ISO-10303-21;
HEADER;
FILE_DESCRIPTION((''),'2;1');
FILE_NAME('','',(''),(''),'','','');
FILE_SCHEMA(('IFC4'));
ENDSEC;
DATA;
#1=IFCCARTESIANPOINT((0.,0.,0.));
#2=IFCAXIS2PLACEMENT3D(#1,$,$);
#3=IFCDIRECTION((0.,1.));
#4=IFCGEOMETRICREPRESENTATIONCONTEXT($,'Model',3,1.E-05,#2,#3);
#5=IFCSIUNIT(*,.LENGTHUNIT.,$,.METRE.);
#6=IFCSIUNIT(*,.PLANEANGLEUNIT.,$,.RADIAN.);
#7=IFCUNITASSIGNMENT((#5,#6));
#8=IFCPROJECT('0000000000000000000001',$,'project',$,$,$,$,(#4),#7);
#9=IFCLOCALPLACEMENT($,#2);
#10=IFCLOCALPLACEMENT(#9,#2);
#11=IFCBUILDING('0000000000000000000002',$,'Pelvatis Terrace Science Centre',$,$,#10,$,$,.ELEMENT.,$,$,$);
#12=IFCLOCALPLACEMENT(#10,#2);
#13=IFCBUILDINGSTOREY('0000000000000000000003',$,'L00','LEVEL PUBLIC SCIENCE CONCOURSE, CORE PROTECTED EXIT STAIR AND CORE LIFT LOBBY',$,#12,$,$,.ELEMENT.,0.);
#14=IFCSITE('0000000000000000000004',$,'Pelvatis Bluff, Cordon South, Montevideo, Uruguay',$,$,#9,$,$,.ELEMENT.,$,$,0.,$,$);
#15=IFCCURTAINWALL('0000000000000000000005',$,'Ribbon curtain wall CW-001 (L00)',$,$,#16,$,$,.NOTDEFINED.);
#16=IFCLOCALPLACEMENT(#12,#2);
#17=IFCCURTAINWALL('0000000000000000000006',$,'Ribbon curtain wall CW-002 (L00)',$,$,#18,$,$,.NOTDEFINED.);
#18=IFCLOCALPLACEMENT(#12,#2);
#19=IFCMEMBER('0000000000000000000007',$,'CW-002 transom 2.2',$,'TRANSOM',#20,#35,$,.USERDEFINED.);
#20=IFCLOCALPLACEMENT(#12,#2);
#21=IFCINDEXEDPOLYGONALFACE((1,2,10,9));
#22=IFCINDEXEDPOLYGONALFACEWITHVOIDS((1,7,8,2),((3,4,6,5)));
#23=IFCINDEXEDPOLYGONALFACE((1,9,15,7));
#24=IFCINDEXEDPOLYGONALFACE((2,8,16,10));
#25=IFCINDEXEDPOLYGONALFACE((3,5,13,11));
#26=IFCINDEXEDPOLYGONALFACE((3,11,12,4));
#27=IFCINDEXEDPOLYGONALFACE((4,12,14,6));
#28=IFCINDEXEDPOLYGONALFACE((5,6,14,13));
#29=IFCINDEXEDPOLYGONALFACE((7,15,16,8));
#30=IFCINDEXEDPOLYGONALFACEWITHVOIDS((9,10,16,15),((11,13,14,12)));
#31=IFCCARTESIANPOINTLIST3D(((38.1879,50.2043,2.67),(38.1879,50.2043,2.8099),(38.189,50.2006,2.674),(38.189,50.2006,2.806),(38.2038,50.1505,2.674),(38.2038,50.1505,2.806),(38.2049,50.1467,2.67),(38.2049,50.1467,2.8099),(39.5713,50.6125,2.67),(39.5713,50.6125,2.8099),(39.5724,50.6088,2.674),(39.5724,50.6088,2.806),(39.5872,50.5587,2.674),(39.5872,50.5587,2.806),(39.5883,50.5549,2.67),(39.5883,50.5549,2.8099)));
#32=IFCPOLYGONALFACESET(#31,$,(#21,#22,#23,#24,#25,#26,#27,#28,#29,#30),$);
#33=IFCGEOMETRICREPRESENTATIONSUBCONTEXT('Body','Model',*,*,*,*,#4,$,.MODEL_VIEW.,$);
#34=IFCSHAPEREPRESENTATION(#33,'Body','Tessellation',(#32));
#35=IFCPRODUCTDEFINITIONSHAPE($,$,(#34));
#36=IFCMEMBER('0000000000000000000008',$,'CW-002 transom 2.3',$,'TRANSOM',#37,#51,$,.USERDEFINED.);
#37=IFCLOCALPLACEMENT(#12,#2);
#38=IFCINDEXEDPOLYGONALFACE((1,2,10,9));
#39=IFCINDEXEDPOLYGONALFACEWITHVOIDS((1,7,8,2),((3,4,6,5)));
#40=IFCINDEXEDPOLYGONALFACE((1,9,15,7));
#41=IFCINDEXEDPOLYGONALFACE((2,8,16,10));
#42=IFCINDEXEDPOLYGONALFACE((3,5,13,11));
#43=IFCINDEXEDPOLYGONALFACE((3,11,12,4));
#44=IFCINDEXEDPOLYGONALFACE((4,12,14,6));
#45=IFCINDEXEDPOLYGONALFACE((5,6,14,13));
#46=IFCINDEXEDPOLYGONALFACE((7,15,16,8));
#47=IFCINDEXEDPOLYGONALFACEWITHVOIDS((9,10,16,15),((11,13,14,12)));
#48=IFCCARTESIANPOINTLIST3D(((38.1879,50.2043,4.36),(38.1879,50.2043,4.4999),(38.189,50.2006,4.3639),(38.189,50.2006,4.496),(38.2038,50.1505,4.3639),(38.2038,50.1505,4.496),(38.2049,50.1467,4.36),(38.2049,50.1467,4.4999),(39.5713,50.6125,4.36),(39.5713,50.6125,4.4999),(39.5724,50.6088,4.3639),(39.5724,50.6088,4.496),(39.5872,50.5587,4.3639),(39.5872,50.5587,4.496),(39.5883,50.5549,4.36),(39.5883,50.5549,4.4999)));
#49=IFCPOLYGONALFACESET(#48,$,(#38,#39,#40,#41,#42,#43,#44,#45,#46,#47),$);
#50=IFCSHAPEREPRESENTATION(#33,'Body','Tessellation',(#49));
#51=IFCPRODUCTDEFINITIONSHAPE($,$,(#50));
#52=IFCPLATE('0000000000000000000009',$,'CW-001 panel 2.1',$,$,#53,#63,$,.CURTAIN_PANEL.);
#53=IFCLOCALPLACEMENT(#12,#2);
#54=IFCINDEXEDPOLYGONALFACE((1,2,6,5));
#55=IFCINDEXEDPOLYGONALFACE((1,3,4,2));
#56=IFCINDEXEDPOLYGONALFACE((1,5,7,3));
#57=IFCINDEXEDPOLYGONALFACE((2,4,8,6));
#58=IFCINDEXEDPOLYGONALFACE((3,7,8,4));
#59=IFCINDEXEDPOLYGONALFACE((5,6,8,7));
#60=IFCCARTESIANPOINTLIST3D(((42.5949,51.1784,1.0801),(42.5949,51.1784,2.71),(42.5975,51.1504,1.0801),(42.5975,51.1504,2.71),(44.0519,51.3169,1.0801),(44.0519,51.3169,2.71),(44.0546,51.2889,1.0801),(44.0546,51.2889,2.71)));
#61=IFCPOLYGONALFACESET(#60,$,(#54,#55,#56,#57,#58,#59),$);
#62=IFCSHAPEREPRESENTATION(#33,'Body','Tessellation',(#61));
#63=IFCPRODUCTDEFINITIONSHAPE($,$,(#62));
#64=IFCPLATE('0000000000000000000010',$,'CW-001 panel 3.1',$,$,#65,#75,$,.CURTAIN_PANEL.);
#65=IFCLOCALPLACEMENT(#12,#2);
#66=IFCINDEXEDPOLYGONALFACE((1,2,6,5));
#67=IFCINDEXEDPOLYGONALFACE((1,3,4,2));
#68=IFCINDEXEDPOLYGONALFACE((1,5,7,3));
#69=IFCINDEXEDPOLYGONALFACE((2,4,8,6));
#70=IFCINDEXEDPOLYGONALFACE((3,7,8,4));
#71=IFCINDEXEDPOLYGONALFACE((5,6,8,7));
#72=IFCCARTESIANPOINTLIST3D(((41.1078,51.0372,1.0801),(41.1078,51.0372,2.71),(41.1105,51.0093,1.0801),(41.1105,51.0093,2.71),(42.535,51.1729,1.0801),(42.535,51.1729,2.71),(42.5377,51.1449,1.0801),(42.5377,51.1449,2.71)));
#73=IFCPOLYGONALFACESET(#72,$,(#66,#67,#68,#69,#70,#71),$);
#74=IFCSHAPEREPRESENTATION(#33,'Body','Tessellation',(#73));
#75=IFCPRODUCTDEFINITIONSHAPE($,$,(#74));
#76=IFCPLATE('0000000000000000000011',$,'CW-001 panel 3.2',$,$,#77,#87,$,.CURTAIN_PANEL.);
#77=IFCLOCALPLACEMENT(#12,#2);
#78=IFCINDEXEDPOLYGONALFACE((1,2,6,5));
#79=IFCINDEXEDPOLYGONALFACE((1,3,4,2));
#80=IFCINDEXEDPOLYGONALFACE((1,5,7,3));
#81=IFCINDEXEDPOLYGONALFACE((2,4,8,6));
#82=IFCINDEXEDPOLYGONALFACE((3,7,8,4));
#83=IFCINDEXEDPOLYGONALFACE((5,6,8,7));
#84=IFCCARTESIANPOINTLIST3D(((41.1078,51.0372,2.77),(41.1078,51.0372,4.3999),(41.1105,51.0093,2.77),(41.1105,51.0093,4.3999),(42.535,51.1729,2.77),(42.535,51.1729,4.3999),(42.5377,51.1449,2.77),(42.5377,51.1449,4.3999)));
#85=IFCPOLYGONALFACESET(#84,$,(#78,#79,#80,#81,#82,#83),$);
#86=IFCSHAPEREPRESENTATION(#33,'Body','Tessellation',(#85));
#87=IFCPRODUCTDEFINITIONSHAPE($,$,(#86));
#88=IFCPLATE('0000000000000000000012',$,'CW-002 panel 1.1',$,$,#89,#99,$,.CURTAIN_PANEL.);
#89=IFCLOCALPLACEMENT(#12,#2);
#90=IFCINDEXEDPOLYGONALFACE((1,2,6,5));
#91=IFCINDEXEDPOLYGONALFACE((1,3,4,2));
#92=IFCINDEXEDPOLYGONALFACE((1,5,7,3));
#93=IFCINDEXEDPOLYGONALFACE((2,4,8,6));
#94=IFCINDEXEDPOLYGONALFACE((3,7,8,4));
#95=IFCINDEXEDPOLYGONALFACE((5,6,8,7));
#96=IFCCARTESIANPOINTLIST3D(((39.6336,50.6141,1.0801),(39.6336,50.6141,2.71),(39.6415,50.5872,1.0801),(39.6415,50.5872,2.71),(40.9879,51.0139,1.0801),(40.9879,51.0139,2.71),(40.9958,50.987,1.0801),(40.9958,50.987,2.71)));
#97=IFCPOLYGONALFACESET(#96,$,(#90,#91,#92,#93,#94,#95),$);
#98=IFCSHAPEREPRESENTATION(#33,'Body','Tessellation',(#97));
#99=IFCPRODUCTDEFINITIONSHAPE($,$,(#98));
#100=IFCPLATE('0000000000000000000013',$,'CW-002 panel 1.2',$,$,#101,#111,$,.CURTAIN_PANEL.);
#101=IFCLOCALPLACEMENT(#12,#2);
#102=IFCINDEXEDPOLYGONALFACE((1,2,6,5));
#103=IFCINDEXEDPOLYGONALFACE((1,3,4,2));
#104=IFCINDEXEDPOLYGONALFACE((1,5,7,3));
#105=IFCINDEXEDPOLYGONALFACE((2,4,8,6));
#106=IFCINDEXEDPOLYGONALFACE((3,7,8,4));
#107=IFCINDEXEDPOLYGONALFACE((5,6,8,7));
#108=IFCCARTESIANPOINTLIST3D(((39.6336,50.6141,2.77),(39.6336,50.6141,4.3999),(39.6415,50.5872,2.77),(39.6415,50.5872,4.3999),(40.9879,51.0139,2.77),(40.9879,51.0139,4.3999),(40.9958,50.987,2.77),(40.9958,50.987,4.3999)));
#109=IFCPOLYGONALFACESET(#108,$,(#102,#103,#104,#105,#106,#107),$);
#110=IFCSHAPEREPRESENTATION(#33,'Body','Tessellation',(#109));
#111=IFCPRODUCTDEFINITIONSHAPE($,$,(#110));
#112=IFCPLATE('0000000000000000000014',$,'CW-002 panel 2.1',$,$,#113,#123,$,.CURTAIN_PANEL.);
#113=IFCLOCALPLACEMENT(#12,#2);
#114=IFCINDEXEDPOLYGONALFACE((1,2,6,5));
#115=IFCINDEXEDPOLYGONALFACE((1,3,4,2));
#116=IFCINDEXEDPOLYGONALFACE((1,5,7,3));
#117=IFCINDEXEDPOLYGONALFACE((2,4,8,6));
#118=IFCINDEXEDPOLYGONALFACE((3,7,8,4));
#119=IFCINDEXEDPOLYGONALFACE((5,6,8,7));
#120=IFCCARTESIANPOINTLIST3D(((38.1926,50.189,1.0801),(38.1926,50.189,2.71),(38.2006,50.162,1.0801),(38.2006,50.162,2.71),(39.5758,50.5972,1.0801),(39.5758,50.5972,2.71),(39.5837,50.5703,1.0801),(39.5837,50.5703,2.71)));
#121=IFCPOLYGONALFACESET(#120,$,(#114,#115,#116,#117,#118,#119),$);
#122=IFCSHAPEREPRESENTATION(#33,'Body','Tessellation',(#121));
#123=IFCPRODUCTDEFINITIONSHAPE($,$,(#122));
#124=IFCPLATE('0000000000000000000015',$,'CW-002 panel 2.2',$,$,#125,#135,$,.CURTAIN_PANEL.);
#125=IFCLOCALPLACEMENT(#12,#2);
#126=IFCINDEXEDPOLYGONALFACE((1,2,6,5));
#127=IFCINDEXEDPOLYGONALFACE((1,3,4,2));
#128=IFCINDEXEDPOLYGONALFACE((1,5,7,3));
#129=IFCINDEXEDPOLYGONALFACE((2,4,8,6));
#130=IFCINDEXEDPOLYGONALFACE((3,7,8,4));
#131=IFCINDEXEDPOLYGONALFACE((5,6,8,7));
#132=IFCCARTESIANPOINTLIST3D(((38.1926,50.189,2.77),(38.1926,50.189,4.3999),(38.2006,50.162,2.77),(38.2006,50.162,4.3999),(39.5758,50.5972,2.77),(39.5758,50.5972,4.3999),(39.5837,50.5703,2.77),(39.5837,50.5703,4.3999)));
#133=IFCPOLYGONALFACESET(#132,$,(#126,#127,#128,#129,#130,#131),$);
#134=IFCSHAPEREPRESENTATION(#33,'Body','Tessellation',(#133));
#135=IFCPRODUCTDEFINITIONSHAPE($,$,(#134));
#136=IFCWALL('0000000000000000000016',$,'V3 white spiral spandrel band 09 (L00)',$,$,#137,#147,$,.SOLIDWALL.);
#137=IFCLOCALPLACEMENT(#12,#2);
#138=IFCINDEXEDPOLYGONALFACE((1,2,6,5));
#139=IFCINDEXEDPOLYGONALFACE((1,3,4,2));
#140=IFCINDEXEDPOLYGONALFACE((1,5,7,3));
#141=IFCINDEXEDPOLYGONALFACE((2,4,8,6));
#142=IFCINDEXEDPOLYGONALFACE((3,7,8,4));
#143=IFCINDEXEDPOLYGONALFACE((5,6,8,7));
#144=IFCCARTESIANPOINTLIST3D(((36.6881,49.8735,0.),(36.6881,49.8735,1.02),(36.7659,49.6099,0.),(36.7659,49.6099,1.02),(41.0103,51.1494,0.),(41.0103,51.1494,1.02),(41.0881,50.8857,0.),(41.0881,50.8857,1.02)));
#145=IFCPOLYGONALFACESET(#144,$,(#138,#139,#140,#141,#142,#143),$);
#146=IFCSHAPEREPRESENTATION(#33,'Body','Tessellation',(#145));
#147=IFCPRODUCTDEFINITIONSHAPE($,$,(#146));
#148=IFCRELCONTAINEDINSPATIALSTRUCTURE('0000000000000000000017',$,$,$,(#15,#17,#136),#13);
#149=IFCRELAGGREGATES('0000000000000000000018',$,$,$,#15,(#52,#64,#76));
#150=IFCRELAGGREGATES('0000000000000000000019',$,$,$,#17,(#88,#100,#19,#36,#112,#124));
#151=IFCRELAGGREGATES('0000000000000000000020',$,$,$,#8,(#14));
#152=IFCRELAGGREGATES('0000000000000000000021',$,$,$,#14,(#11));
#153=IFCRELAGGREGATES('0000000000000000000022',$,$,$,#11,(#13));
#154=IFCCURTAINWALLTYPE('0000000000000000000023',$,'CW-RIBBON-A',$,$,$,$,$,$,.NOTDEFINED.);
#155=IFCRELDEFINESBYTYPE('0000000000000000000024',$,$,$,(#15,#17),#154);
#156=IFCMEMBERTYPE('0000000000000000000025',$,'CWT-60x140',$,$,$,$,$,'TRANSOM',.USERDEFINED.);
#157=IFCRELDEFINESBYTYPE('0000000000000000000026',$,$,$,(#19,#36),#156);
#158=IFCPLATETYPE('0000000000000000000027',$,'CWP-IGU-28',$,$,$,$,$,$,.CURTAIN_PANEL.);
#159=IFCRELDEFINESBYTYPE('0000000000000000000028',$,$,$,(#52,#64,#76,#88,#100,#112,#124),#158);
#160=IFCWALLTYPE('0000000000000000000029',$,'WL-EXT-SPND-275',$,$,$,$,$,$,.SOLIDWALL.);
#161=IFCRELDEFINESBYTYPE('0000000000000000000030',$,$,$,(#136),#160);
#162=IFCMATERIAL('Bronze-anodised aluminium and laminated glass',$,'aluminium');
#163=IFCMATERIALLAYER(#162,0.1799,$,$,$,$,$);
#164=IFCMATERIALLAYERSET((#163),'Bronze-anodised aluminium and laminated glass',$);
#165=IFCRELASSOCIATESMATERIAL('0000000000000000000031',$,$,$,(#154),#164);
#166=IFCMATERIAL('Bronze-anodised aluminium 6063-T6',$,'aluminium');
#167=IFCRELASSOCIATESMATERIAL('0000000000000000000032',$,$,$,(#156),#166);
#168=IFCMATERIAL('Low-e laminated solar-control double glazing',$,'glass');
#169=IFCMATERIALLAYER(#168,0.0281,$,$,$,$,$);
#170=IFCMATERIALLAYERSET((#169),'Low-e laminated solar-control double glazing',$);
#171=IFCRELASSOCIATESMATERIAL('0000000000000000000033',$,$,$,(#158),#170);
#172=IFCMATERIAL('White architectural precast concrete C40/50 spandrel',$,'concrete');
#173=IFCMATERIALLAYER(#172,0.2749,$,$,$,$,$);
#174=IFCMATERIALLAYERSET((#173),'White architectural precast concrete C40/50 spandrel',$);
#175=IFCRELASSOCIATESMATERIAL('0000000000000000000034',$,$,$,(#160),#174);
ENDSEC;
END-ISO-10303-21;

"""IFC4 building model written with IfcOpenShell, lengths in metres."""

from ifc_helpers import new_model, si_unit, direction, frame, frame_2d, origin, origin_2d, place, context, subcontext, project, spatial, rectangle, hollow_rectangle, extrude, material, layer, layer_set, material_profile, profile_set, type_object, element, aggregate, save


model = new_model("IFC4")

# Units and contexts
model_context = context("Model", 3, precision=1e-05, world=origin(), true_north=direction((0.0, 1.0)))
body_context = subcontext(model_context, "Body", "Model", "MODEL_VIEW")
ifc_project = project(units=[si_unit("LENGTHUNIT", "METRE"), si_unit("PLANEANGLEUNIT", "RADIAN")], contexts=[model_context])

# Site, building, storey
site_placement = place(None, origin())
site = spatial("IfcSite", under=ifc_project, at=site_placement, Name="Pelvatis Bluff, Cordon South, Montevideo, Uruguay", CompositionType="ELEMENT", RefElevation=0.0)
building_placement = place(site_placement, origin())
building = spatial("IfcBuilding", under=site, at=building_placement, Name="Pelvatis Terrace Science Centre", CompositionType="ELEMENT")
storey_placement = place(building_placement, origin())
storey = spatial("IfcBuildingStorey", under=building, at=storey_placement, Name="L00", Description="LEVEL PUBLIC SCIENCE CONCOURSE, CORE PROTECTED EXIT STAIR AND CORE LIFT LOBBY", CompositionType="ELEMENT", Elevation=0.0)

# Curtain walls
ifc_material_1 = material(Name="Bronze-anodised aluminium and laminated glass", Category="aluminium")
ifc_layer_1 = layer(ifc_material_1, 0.1799)
ifc_layer_set_1 = layer_set([ifc_layer_1], Name="Bronze-anodised aluminium and laminated glass")
curtain_wall_type = type_object("IfcCurtainWallType", Name="CW-RIBBON-A", PredefinedType="NOTDEFINED", material=ifc_layer_set_1)
curtain_wall_1_placement = place(storey_placement, origin())
curtain_wall_1 = element("IfcCurtainWall", 1, at=curtain_wall_1_placement, inside=storey, type_object=curtain_wall_type, Name="Ribbon curtain wall CW-001 (L00)", PredefinedType="NOTDEFINED")
curtain_wall_2_placement = place(storey_placement, origin())
curtain_wall_2 = element("IfcCurtainWall", 2, at=curtain_wall_2_placement, inside=storey, type_object=curtain_wall_type, Name="Ribbon curtain wall CW-002 (L00)", PredefinedType="NOTDEFINED")

# Members
ifc_material_2 = material(Name="Bronze-anodised aluminium 6063-T6", Category="aluminium")
ifc_material_profile_1 = material_profile(ifc_material_2, hollow_rectangle(XDim=0.0601, YDim=0.1399, WallThickness=0.0039, at=origin_2d()), Name="ALU-TRN 60x140")
ifc_profile_set_1 = profile_set([ifc_material_profile_1], Name="Bronze-anodised aluminium 6063-T6")
member_type_1 = type_object("IfcMemberType", Name="CWT-60x140", ElementType="TRANSOM", PredefinedType="USERDEFINED", material=ifc_profile_set_1)
member_1_placement = place(storey_placement, frame((39.5798, 50.5837, 2.74), z_axis=(-0.959112, -0.283028, 0.0), x_axis=(0.283028, -0.959112, 0.0)))
member_1 = element("IfcMember", 3, at=member_1_placement, type_object=member_type_1, Name="CW-002 transom 2.2", ObjectType="TRANSOM", PredefinedType="USERDEFINED", context=body_context, shape_type="SweptSolid", body=[
    extrude(hollow_rectangle(XDim=0.0601, YDim=0.1399, WallThickness=0.0039, at=origin_2d()), origin(), (0.0, 0.0, 1.0), 1.4424),
])
member_2_placement = place(storey_placement, frame((39.5798, 50.5837, 4.4299), z_axis=(-0.959112, -0.283028, 0.0), x_axis=(0.283028, -0.959112, 0.0)))
member_2 = element("IfcMember", 4, at=member_2_placement, type_object=member_type_1, Name="CW-002 transom 2.3", ObjectType="TRANSOM", PredefinedType="USERDEFINED", context=body_context, shape_type="SweptSolid", body=[
    extrude(hollow_rectangle(XDim=0.0601, YDim=0.1399, WallThickness=0.0039, at=origin_2d()), origin(), (0.0, 0.0, 1.0), 1.4424),
])

# Plates
ifc_material_3 = material(Name="Low-e laminated solar-control double glazing", Category="glass")
ifc_layer_2 = layer(ifc_material_3, 0.0281)
ifc_layer_set_2 = layer_set([ifc_layer_2], Name="Low-e laminated solar-control double glazing")
plate_type = type_object("IfcPlateType", Name="CWP-IGU-28", PredefinedType="CURTAIN_PANEL", material=ifc_layer_set_2)
plate_1_placement = place(storey_placement, frame((43.3247, 51.2336, 1.0801), z_axis=(0.0, 0.0, 1.0), x_axis=(-0.995514, -0.094616, 0.0)))
plate_1 = element("IfcPlate", 5, at=plate_1_placement, type_object=plate_type, Name="CW-001 panel 2.1", PredefinedType="CURTAIN_PANEL", context=body_context, shape_type="SweptSolid", body=[
    extrude(rectangle(XDim=1.4636, YDim=0.0281, at=origin_2d()), origin(), (0.0, 0.0, 1.0), 1.6299),
])
plate_2_placement = place(storey_placement, frame((41.8228, 51.0911, 1.0801), z_axis=(0.0, 0.0, 1.0), x_axis=(-0.995514, -0.094616, 0.0)))
plate_2 = element("IfcPlate", 6, at=plate_2_placement, type_object=plate_type, Name="CW-001 panel 3.1", PredefinedType="CURTAIN_PANEL", context=body_context, shape_type="SweptSolid", body=[
    extrude(rectangle(XDim=1.4336, YDim=0.0281, at=origin_2d()), origin(), (0.0, 0.0, 1.0), 1.6299),
])
plate_3_placement = place(storey_placement, frame((41.8228, 51.0911, 2.77), z_axis=(0.0, 0.0, 1.0), x_axis=(-0.995514, -0.094616, 0.0)))
plate_3 = element("IfcPlate", 7, at=plate_3_placement, type_object=plate_type, Name="CW-001 panel 3.2", PredefinedType="CURTAIN_PANEL", context=body_context, shape_type="SweptSolid", body=[
    extrude(rectangle(XDim=1.4336, YDim=0.0281, at=origin_2d()), origin(), (0.0, 0.0, 1.0), 1.6299),
])
aggregate(curtain_wall_1, [plate_1, plate_2, plate_3])
plate_4_placement = place(storey_placement, frame((40.3147, 50.8005, 1.0801), z_axis=(0.0, 0.0, 1.0), x_axis=(-0.959093, -0.283092, 0.0)))
plate_4 = element("IfcPlate", 8, at=plate_4_placement, type_object=plate_type, Name="CW-002 panel 1.1", PredefinedType="CURTAIN_PANEL", context=body_context, shape_type="SweptSolid", body=[
    extrude(rectangle(XDim=1.4121, YDim=0.0281, at=origin_2d()), origin(), (0.0, 0.0, 1.0), 1.6299),
])
plate_5_placement = place(storey_placement, frame((40.3147, 50.8005, 2.77), z_axis=(0.0, 0.0, 1.0), x_axis=(-0.959093, -0.283092, 0.0)))
plate_5 = element("IfcPlate", 9, at=plate_5_placement, type_object=plate_type, Name="CW-002 panel 1.2", PredefinedType="CURTAIN_PANEL", context=body_context, shape_type="SweptSolid", body=[
    extrude(rectangle(XDim=1.4121, YDim=0.0281, at=origin_2d()), origin(), (0.0, 0.0, 1.0), 1.6299),
])
plate_6_placement = place(storey_placement, frame((38.8882, 50.3796, 1.0801), z_axis=(0.0, 0.0, 1.0), x_axis=(-0.959093, -0.283092, 0.0)))
plate_6 = element("IfcPlate", 10, at=plate_6_placement, type_object=plate_type, Name="CW-002 panel 2.1", PredefinedType="CURTAIN_PANEL", context=body_context, shape_type="SweptSolid", body=[
    extrude(rectangle(XDim=1.4421, YDim=0.0281, at=origin_2d()), origin(), (0.0, 0.0, 1.0), 1.6299),
])
plate_7_placement = place(storey_placement, frame((38.8882, 50.3796, 2.77), z_axis=(0.0, 0.0, 1.0), x_axis=(-0.959093, -0.283092, 0.0)))
plate_7 = element("IfcPlate", 11, at=plate_7_placement, type_object=plate_type, Name="CW-002 panel 2.2", PredefinedType="CURTAIN_PANEL", context=body_context, shape_type="SweptSolid", body=[
    extrude(rectangle(XDim=1.4421, YDim=0.0281, at=origin_2d()), origin(), (0.0, 0.0, 1.0), 1.6299),
])
aggregate(curtain_wall_2, [plate_4, plate_5, member_1, member_2, plate_6, plate_7])

# Wall
ifc_material_4 = material(Name="White architectural precast concrete C40/50 spandrel", Category="concrete")
ifc_layer_3 = layer(ifc_material_4, 0.2749)
ifc_layer_set_3 = layer_set([ifc_layer_3], Name="White architectural precast concrete C40/50 spandrel")
wall_type = type_object("IfcWallType", Name="WL-EXT-SPND-275", PredefinedType="SOLIDWALL", material=ifc_layer_set_3)
wall_placement = place(storey_placement, frame((41.0493, 51.0176, 0.0), z_axis=(0.0, 0.0, 1.0), x_axis=(-0.959087, -0.283111, 0.0)))
element("IfcWall", 12, at=wall_placement, inside=storey, type_object=wall_type, Name="V3 white spiral spandrel band 09 (L00)", PredefinedType="SOLIDWALL", context=body_context, shape_type="SweptSolid", body=[
    extrude(rectangle(XDim=4.5066, YDim=0.2749, at=frame_2d((2.2534, 0.0))), origin(), (0.0, 0.0, 1.0), 1.02),
])

save(model, "model.ifc")
